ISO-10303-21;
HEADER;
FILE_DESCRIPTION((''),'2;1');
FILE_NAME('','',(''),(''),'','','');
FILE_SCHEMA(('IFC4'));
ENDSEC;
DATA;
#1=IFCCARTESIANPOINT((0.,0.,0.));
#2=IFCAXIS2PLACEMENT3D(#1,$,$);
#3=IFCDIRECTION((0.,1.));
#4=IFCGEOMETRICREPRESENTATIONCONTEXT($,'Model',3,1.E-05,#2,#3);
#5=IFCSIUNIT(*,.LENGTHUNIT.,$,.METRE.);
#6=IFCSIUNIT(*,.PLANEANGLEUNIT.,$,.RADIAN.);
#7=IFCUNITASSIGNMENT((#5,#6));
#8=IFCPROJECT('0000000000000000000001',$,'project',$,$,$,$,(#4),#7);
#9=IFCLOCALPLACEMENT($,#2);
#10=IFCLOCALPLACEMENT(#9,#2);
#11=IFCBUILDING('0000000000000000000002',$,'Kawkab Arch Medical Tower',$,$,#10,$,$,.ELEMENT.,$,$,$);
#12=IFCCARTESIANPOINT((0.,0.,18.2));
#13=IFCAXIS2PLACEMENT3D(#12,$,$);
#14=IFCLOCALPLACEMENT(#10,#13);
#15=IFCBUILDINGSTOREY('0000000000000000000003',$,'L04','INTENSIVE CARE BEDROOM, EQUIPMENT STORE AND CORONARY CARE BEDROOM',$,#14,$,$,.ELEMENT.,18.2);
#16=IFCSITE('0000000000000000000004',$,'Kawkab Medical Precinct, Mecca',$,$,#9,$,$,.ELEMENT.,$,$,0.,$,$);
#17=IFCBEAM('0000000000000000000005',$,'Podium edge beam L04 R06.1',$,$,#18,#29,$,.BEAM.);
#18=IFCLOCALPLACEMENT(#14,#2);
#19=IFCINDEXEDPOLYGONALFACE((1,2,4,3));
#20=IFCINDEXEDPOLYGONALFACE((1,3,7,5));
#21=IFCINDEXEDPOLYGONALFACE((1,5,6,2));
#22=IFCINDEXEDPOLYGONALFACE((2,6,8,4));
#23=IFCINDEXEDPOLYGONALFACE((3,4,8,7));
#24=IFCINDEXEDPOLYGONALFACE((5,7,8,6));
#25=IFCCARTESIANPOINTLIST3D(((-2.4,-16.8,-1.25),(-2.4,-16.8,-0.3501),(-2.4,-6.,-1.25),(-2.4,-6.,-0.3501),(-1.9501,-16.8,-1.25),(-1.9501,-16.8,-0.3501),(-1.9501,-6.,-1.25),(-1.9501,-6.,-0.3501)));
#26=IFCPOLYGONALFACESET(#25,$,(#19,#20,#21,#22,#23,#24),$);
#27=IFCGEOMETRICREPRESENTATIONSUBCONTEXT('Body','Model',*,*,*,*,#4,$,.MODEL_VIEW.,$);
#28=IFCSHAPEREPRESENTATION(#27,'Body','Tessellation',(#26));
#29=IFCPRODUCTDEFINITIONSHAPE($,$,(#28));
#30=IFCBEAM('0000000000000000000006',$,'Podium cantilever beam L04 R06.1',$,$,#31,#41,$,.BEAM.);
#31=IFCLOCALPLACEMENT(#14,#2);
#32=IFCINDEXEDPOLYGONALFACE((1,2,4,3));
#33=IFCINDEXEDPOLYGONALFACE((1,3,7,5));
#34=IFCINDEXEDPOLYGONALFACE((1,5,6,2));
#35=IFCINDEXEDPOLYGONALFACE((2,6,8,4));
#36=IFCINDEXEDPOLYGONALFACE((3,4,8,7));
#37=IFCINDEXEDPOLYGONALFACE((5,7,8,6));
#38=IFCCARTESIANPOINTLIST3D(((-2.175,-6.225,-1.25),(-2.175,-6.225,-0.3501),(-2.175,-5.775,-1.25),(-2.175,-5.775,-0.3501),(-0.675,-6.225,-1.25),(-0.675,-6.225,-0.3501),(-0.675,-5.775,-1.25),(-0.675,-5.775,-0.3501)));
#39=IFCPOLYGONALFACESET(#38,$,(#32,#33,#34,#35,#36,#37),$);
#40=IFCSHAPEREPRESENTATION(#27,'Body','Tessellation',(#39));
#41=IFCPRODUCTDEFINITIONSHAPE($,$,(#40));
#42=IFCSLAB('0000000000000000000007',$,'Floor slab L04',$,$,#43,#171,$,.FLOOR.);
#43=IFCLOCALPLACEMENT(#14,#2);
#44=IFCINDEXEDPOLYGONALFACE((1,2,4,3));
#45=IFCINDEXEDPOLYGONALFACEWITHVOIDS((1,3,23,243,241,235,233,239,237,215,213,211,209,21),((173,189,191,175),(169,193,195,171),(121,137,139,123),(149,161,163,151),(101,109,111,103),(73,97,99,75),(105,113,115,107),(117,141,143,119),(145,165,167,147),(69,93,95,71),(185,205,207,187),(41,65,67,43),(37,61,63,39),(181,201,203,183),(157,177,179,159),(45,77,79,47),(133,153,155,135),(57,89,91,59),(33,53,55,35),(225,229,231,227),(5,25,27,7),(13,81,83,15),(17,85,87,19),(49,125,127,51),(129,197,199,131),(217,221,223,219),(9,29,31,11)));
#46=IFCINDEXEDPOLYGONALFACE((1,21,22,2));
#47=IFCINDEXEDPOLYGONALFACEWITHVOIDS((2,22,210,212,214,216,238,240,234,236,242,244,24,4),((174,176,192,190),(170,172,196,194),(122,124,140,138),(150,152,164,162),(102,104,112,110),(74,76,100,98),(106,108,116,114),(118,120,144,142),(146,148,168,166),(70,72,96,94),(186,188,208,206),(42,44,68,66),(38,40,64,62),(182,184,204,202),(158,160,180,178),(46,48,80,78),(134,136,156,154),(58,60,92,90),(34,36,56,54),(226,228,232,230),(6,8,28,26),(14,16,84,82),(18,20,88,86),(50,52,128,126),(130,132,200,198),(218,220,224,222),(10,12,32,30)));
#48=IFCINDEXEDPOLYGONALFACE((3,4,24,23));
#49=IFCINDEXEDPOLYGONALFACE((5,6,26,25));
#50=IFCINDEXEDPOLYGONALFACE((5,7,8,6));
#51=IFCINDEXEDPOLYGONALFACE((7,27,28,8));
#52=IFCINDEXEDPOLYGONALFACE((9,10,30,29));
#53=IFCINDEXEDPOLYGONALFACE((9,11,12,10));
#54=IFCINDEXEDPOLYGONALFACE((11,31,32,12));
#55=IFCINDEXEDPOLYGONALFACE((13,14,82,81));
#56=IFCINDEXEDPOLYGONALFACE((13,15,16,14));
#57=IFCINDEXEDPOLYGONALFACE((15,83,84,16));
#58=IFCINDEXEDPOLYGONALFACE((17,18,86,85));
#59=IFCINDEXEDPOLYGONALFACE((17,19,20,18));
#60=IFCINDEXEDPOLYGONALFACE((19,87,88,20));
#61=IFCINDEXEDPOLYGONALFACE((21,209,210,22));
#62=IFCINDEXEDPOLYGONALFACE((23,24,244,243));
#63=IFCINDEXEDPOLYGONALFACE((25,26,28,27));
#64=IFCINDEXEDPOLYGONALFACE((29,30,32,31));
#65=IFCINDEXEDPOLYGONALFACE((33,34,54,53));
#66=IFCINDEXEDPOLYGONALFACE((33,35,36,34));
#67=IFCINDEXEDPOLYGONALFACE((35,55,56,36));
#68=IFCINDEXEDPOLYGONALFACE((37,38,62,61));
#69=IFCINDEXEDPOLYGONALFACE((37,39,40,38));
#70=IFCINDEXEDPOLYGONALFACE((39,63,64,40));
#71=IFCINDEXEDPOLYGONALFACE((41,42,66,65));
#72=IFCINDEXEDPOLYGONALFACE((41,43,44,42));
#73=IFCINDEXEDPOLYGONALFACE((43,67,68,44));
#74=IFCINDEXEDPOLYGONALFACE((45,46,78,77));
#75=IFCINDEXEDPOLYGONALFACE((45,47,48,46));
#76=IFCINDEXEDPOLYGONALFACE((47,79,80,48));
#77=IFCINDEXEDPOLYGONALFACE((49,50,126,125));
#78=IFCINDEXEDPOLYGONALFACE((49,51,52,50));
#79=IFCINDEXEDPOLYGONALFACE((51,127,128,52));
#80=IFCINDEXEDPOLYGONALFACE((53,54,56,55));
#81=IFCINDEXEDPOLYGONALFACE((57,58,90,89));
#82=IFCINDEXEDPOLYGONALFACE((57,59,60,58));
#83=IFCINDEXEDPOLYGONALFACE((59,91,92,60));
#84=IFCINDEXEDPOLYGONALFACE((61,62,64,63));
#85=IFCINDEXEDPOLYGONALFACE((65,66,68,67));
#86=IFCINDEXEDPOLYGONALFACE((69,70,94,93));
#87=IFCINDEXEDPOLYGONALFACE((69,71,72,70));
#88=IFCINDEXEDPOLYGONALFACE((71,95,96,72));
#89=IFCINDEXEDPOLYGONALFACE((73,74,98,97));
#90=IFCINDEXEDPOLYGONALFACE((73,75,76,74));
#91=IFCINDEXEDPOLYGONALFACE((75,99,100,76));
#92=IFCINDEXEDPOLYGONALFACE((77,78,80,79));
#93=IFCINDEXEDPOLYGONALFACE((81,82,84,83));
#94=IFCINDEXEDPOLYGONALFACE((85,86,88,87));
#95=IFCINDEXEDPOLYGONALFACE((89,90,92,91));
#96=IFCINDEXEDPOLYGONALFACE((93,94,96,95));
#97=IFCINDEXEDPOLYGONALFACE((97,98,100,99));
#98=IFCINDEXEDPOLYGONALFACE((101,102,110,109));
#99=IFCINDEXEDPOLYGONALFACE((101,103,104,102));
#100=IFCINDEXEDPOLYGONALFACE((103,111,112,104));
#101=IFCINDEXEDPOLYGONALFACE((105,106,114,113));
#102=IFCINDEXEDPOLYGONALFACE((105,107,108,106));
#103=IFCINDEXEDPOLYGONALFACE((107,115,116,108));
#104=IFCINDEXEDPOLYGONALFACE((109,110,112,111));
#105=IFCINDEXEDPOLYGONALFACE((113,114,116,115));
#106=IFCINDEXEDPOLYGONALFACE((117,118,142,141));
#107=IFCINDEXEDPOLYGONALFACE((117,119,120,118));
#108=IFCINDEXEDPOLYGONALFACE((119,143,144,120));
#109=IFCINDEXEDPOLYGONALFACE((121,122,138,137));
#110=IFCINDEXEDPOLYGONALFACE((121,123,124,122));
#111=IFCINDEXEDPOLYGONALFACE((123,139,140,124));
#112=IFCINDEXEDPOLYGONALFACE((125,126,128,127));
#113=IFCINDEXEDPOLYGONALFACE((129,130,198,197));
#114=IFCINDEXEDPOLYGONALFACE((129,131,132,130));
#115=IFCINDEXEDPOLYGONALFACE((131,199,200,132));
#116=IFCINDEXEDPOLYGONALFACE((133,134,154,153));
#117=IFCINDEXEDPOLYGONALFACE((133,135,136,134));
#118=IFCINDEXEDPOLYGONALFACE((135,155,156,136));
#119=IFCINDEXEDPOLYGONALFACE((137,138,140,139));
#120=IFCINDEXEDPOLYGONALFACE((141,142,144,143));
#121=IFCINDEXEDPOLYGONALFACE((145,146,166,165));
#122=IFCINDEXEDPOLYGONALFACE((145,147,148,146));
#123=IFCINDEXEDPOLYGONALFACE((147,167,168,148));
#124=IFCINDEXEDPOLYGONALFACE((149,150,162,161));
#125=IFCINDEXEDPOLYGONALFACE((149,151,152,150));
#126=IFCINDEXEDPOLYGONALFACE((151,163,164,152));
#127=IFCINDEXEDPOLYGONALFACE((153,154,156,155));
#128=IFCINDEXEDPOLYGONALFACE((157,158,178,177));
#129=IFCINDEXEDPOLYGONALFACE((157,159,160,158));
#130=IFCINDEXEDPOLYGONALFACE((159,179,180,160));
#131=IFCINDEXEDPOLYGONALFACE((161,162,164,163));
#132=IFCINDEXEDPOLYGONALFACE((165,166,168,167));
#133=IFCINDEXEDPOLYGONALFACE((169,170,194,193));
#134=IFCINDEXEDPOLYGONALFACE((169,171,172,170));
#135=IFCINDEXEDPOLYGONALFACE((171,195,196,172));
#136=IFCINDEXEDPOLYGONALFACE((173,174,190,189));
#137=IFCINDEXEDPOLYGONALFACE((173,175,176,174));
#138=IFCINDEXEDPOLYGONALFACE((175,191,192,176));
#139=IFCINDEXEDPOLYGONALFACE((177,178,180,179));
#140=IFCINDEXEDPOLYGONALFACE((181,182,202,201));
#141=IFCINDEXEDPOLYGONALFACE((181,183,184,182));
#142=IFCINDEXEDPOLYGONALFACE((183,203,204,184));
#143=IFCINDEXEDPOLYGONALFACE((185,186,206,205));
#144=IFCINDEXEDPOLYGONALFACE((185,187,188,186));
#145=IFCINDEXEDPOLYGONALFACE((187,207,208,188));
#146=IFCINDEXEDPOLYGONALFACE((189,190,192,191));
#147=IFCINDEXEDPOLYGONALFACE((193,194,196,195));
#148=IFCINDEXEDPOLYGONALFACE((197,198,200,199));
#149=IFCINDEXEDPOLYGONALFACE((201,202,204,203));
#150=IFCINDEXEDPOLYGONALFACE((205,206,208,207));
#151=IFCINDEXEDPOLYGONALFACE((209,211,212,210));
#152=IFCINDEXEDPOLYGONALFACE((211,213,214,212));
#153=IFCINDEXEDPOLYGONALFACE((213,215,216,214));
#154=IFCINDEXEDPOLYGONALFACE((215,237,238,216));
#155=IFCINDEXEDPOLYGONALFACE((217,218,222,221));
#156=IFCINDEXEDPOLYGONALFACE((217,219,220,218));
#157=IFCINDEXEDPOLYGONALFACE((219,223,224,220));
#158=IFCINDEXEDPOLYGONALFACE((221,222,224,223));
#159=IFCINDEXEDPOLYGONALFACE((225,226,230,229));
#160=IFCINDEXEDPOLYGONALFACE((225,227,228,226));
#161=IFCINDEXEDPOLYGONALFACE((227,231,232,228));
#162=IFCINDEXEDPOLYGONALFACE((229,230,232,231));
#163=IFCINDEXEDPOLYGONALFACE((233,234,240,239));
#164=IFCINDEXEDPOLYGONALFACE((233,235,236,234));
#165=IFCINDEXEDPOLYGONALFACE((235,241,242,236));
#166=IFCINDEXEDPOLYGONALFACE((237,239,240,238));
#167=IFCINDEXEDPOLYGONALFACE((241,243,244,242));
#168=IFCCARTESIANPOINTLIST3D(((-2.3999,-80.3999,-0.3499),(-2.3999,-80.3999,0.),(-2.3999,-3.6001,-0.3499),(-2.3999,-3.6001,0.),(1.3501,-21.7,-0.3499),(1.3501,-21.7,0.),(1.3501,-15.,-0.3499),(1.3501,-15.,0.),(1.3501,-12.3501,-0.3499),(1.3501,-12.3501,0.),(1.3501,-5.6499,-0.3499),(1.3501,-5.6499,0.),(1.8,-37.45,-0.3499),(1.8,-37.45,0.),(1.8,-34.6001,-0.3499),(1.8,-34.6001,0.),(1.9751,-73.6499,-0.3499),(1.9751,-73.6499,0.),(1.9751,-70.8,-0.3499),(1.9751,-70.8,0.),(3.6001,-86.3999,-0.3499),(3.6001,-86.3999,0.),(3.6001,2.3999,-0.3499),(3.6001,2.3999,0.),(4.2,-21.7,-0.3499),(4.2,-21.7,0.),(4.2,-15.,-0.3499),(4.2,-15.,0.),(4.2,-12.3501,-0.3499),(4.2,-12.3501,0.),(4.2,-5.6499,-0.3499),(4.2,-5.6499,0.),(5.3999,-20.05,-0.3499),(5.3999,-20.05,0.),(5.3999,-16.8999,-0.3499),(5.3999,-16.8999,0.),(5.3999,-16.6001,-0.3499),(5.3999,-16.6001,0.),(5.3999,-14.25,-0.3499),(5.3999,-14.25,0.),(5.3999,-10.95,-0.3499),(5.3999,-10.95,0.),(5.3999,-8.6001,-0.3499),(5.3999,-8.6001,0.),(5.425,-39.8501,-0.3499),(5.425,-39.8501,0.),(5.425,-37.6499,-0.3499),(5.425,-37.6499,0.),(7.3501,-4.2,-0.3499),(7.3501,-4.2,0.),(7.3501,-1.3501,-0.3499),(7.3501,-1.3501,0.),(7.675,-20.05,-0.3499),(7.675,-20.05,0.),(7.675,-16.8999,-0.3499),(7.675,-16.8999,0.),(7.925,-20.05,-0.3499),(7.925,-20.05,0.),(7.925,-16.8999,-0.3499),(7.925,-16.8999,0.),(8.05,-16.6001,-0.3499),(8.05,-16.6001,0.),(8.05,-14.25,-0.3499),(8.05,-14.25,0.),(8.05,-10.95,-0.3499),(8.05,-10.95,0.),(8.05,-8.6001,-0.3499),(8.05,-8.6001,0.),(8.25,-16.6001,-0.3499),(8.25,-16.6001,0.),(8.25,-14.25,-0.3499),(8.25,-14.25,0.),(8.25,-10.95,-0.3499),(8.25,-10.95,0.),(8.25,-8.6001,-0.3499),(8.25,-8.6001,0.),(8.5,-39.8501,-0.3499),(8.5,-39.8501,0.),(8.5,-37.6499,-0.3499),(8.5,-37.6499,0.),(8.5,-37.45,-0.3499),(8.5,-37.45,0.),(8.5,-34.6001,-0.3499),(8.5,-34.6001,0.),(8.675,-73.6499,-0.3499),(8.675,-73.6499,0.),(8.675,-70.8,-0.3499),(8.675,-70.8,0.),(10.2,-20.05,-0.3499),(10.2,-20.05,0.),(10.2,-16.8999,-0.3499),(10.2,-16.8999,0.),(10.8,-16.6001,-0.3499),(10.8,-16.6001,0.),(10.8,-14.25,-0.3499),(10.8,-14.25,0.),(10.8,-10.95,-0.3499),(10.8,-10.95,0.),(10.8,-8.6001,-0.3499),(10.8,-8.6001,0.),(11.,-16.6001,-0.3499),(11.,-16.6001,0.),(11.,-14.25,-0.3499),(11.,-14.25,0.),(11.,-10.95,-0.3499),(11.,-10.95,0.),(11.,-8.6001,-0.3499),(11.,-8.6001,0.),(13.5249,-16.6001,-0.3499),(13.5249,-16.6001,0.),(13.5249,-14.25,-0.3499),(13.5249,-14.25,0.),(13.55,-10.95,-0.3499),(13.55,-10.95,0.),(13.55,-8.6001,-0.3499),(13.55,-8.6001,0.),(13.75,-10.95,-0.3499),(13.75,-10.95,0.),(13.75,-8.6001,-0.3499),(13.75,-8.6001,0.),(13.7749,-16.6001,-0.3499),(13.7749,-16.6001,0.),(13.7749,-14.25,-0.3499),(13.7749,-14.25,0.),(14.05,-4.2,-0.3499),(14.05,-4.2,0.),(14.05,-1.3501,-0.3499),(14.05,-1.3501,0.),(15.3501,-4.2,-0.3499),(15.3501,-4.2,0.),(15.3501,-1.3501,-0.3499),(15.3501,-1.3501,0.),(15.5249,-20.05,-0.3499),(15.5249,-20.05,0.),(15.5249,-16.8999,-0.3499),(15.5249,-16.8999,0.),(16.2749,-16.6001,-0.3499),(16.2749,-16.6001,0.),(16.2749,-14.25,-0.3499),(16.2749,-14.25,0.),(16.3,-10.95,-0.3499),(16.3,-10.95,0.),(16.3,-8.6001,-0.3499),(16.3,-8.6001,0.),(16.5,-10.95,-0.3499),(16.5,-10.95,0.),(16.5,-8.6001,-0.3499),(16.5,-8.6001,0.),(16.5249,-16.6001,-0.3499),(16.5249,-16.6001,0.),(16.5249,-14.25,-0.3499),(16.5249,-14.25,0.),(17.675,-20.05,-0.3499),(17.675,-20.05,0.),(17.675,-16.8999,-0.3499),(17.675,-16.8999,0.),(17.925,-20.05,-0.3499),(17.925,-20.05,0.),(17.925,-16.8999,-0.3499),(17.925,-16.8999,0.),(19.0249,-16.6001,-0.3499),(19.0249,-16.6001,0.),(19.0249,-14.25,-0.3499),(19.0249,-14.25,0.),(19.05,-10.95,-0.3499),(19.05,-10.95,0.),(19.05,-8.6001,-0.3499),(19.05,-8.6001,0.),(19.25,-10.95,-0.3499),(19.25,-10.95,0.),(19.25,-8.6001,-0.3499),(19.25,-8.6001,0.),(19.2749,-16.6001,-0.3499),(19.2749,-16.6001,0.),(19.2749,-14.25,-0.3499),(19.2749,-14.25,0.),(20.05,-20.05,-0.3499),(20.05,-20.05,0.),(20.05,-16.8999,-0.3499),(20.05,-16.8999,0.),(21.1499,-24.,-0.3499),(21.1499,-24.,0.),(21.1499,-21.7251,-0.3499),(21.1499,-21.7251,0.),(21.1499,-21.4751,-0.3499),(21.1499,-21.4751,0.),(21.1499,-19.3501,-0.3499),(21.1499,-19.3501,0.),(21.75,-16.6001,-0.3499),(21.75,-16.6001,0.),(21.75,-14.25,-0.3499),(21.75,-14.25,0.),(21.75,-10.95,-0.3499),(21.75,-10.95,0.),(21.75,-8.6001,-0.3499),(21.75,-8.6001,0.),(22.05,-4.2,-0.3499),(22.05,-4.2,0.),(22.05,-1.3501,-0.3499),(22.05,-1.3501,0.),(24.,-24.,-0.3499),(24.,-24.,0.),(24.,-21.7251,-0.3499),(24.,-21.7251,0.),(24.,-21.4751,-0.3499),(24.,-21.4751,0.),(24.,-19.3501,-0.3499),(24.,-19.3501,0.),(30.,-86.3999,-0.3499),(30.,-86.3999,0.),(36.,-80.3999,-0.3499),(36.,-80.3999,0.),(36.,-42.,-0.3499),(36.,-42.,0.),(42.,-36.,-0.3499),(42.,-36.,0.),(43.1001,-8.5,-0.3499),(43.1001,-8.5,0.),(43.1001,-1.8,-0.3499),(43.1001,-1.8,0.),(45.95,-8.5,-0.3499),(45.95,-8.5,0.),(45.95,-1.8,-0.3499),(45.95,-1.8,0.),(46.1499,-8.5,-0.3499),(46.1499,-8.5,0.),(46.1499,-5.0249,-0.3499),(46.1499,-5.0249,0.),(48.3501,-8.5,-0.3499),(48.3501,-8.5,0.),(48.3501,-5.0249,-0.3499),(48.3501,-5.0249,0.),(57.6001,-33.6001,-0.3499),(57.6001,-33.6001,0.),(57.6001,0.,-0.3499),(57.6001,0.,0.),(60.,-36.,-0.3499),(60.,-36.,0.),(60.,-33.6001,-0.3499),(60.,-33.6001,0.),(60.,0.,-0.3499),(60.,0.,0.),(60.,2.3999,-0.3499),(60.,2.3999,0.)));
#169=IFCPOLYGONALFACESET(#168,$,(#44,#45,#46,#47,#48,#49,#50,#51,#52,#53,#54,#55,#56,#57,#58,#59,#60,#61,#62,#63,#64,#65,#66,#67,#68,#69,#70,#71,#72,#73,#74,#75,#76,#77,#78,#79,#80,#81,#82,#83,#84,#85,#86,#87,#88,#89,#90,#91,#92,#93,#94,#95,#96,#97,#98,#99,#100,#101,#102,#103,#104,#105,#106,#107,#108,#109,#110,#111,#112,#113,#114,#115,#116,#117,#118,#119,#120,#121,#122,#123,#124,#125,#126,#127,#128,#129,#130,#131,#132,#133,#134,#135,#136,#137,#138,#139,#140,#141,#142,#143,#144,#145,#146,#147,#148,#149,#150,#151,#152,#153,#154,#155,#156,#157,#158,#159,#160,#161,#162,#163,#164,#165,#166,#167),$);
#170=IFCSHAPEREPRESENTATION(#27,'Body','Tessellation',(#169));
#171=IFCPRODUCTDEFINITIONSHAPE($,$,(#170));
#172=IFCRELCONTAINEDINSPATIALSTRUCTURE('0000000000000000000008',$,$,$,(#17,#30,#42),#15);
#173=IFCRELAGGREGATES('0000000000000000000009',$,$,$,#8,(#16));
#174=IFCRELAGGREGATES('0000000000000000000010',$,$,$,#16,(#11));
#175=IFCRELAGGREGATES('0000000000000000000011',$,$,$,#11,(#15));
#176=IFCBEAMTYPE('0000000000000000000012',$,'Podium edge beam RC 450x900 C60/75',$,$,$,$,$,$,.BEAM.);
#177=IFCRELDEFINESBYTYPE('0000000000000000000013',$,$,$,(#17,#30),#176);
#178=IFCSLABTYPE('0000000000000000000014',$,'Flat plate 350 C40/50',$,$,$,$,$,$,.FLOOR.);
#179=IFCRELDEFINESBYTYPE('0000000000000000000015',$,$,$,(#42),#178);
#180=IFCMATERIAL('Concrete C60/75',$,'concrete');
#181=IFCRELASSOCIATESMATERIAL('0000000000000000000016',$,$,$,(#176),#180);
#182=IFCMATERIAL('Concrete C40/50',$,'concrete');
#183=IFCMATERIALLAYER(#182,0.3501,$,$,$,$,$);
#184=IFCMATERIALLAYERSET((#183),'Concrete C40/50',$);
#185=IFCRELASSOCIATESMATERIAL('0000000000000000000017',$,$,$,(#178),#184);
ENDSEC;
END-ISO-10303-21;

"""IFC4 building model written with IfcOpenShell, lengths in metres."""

from ifc_helpers import new_model, si_unit, direction, frame, origin, origin_2d, place, context, subcontext, project, spatial, polyline, rectangle, outline, extrude, material, layer, layer_set, material_profile, profile_set, type_object, element, save


model = new_model("IFC4")

# Units and contexts
model_context = context("Model", 3, precision=1e-05, world=origin(), true_north=direction((0.0, 1.0)))
body_context = subcontext(model_context, "Body", "Model", "MODEL_VIEW")
ifc_project = project(units=[si_unit("LENGTHUNIT", "METRE"), si_unit("PLANEANGLEUNIT", "RADIAN")], contexts=[model_context])

# Site, building, storey
site_placement = place(None, origin())
site = spatial("IfcSite", under=ifc_project, at=site_placement, Name="Kawkab Medical Precinct, Mecca", CompositionType="ELEMENT", RefElevation=0.0)
building_placement = place(site_placement, origin())
building = spatial("IfcBuilding", under=site, at=building_placement, Name="Kawkab Arch Medical Tower", CompositionType="ELEMENT")
storey_placement = place(building_placement, frame((0.0, 0.0, 18.2)))
storey = spatial("IfcBuildingStorey", under=building, at=storey_placement, Name="L04", Description="INTENSIVE CARE BEDROOM, EQUIPMENT STORE AND CORONARY CARE BEDROOM", CompositionType="ELEMENT", Elevation=18.2)

# Beams
ifc_material_1 = material(Name="Concrete C60/75", Category="concrete")
ifc_material_profile = material_profile(ifc_material_1, rectangle(XDim=0.45, YDim=0.8999, at=origin_2d()), Name="RC 450x900")
ifc_profile_set = profile_set([ifc_material_profile], Name="Concrete C60/75")
beam_type = type_object("IfcBeamType", Name="Podium edge beam RC 450x900 C60/75", PredefinedType="BEAM", material=ifc_profile_set)
beam_1_placement = place(storey_placement, frame((-2.175, -6.0, -0.8), z_axis=(0.0, -1.0, 0.0), x_axis=(1.0, 0.0, 0.0)))
element("IfcBeam", 1, at=beam_1_placement, inside=storey, type_object=beam_type, Name="Podium edge beam L04 R06.1", PredefinedType="BEAM", context=body_context, shape_type="SweptSolid", body=[
    extrude(rectangle(XDim=0.45, YDim=0.8999, at=origin_2d()), origin(), (0.0, 0.0, 1.0), 10.8),
])
beam_2_placement = place(storey_placement, frame((-0.675, -6.0, -0.8), z_axis=(-1.0, 0.0, 0.0), x_axis=(0.0, -1.0, 0.0)))
element("IfcBeam", 2, at=beam_2_placement, inside=storey, type_object=beam_type, Name="Podium cantilever beam L04 R06.1", PredefinedType="BEAM", context=body_context, shape_type="SweptSolid", body=[
    extrude(rectangle(XDim=0.45, YDim=0.8999, at=origin_2d()), origin(), (0.0, 0.0, 1.0), 1.5),
])

# Slab
ifc_material_2 = material(Name="Concrete C40/50", Category="concrete")
ifc_layer_1 = layer(ifc_material_2, 0.3501)
ifc_layer_set_1 = layer_set([ifc_layer_1], Name="Concrete C40/50")
slab_type = type_object("IfcSlabType", Name="Flat plate 350 C40/50", PredefinedType="FLOOR", material=ifc_layer_set_1)
slab_placement = place(storey_placement, frame((0.0, 0.0, -0.3499)))
element("IfcSlab", 3, at=slab_placement, inside=storey, type_object=slab_type, Name="Floor slab L04", PredefinedType="FLOOR", context=body_context, shape_type="SweptSolid", body=[
    extrude(outline(polyline([(30.0, -86.3999), (3.6001, -86.3999), (-2.3999, -80.3999), (-2.3999, -3.6001), (3.6001, 2.3999), (60.0, 2.3999), (60.0, 0.0), (57.6001, 0.0), (57.6001, -33.6001), (60.0, -33.6001), (60.0, -36.0), (42.0, -36.0), (36.0, -42.0), (36.0, -80.3999), (30.0, -86.3999)]), holes=[polyline([(8.675, -70.8), (1.9751, -70.8), (1.9751, -73.6499), (8.675, -73.6499), (8.675, -70.8)]), polyline([(5.425, -37.6499), (5.425, -39.8501), (8.5, -39.8501), (8.5, -37.6499), (5.425, -37.6499)]), polyline([(8.5, -37.45), (8.5, -34.6001), (1.8, -34.6001), (1.8, -37.45), (8.5, -37.45)]), polyline([(5.3999, -20.05), (7.675, -20.05), (7.675, -16.8999), (5.3999, -16.8999), (5.3999, -20.05)]), polyline([(10.2, -16.8999), (7.925, -16.8999), (7.925, -20.05), (10.2, -20.05), (10.2, -16.8999)]), polyline([(4.2, -15.0), (1.3501, -15.0), (1.3501, -21.7), (4.2, -21.7), (4.2, -15.0)]), polyline([(5.3999, -16.6001), (8.05, -16.6001), (8.05, -14.25), (5.3999, -14.25), (5.3999, -16.6001)]), polyline([(8.25, -14.25), (8.25, -16.6001), (10.8, -16.6001), (10.8, -14.25), (8.25, -14.25)]), polyline([(11.0, -16.6001), (13.5249, -16.6001), (13.5249, -14.25), (11.0, -14.25), (11.0, -16.6001)]), polyline([(5.3999, -10.95), (8.05, -10.95), (8.05, -8.6001), (5.3999, -8.6001), (5.3999, -10.95)]), polyline([(8.25, -8.6001), (8.25, -10.95), (10.8, -10.95), (10.8, -8.6001), (8.25, -8.6001)]), polyline([(13.55, -10.95), (13.55, -8.6001), (11.0, -8.6001), (11.0, -10.95), (13.55, -10.95)]), polyline([(4.2, -5.6499), (1.3501, -5.6499), (1.3501, -12.3501), (4.2, -12.3501), (4.2, -5.6499)]), polyline([(14.05, -4.2), (14.05, -1.3501), (7.3501, -1.3501), (7.3501, -4.2), (14.05, -4.2)]), polyline([(21.1499, -21.7251), (21.1499, -24.0), (24.0, -24.0), (24.0, -21.7251), (21.1499, -21.7251)]), polyline([(24.0, -19.3501), (21.1499, -19.3501), (21.1499, -21.4751), (24.0, -21.4751), (24.0, -19.3501)]), polyline([(15.5249, -20.05), (17.675, -20.05), (17.675, -16.8999), (15.5249, -16.8999), (15.5249, -20.05)]), polyline([(17.925, -20.05), (20.05, -20.05), (20.05, -16.8999), (17.925, -16.8999), (17.925, -20.05)]), polyline([(13.7749, -14.25), (13.7749, -16.6001), (16.2749, -16.6001), (16.2749, -14.25), (13.7749, -14.25)]), polyline([(16.5249, -14.25), (16.5249, -16.6001), (19.0249, -16.6001), (19.0249, -14.25), (16.5249, -14.25)]), polyline([(19.2749, -16.6001), (21.75, -16.6001), (21.75, -14.25), (19.2749, -14.25), (19.2749, -16.6001)]), polyline([(16.3, -10.95), (16.3, -8.6001), (13.75, -8.6001), (13.75, -10.95), (16.3, -10.95)]), polyline([(16.5, -10.95), (19.05, -10.95), (19.05, -8.6001), (16.5, -8.6001), (16.5, -10.95)]), polyline([(21.75, -10.95), (21.75, -8.6001), (19.25, -8.6001), (19.25, -10.95), (21.75, -10.95)]), polyline([(46.1499, -8.5), (48.3501, -8.5), (48.3501, -5.0249), (46.1499, -5.0249), (46.1499, -8.5)]), polyline([(43.1001, -8.5), (45.95, -8.5), (45.95, -1.8), (43.1001, -1.8), (43.1001, -8.5)]), polyline([(15.3501, -1.3501), (15.3501, -4.2), (22.05, -4.2), (22.05, -1.3501), (15.3501, -1.3501)])]), origin(), (0.0, 0.0, 1.0), 0.3499),
])

save(model, "model.ifc")
